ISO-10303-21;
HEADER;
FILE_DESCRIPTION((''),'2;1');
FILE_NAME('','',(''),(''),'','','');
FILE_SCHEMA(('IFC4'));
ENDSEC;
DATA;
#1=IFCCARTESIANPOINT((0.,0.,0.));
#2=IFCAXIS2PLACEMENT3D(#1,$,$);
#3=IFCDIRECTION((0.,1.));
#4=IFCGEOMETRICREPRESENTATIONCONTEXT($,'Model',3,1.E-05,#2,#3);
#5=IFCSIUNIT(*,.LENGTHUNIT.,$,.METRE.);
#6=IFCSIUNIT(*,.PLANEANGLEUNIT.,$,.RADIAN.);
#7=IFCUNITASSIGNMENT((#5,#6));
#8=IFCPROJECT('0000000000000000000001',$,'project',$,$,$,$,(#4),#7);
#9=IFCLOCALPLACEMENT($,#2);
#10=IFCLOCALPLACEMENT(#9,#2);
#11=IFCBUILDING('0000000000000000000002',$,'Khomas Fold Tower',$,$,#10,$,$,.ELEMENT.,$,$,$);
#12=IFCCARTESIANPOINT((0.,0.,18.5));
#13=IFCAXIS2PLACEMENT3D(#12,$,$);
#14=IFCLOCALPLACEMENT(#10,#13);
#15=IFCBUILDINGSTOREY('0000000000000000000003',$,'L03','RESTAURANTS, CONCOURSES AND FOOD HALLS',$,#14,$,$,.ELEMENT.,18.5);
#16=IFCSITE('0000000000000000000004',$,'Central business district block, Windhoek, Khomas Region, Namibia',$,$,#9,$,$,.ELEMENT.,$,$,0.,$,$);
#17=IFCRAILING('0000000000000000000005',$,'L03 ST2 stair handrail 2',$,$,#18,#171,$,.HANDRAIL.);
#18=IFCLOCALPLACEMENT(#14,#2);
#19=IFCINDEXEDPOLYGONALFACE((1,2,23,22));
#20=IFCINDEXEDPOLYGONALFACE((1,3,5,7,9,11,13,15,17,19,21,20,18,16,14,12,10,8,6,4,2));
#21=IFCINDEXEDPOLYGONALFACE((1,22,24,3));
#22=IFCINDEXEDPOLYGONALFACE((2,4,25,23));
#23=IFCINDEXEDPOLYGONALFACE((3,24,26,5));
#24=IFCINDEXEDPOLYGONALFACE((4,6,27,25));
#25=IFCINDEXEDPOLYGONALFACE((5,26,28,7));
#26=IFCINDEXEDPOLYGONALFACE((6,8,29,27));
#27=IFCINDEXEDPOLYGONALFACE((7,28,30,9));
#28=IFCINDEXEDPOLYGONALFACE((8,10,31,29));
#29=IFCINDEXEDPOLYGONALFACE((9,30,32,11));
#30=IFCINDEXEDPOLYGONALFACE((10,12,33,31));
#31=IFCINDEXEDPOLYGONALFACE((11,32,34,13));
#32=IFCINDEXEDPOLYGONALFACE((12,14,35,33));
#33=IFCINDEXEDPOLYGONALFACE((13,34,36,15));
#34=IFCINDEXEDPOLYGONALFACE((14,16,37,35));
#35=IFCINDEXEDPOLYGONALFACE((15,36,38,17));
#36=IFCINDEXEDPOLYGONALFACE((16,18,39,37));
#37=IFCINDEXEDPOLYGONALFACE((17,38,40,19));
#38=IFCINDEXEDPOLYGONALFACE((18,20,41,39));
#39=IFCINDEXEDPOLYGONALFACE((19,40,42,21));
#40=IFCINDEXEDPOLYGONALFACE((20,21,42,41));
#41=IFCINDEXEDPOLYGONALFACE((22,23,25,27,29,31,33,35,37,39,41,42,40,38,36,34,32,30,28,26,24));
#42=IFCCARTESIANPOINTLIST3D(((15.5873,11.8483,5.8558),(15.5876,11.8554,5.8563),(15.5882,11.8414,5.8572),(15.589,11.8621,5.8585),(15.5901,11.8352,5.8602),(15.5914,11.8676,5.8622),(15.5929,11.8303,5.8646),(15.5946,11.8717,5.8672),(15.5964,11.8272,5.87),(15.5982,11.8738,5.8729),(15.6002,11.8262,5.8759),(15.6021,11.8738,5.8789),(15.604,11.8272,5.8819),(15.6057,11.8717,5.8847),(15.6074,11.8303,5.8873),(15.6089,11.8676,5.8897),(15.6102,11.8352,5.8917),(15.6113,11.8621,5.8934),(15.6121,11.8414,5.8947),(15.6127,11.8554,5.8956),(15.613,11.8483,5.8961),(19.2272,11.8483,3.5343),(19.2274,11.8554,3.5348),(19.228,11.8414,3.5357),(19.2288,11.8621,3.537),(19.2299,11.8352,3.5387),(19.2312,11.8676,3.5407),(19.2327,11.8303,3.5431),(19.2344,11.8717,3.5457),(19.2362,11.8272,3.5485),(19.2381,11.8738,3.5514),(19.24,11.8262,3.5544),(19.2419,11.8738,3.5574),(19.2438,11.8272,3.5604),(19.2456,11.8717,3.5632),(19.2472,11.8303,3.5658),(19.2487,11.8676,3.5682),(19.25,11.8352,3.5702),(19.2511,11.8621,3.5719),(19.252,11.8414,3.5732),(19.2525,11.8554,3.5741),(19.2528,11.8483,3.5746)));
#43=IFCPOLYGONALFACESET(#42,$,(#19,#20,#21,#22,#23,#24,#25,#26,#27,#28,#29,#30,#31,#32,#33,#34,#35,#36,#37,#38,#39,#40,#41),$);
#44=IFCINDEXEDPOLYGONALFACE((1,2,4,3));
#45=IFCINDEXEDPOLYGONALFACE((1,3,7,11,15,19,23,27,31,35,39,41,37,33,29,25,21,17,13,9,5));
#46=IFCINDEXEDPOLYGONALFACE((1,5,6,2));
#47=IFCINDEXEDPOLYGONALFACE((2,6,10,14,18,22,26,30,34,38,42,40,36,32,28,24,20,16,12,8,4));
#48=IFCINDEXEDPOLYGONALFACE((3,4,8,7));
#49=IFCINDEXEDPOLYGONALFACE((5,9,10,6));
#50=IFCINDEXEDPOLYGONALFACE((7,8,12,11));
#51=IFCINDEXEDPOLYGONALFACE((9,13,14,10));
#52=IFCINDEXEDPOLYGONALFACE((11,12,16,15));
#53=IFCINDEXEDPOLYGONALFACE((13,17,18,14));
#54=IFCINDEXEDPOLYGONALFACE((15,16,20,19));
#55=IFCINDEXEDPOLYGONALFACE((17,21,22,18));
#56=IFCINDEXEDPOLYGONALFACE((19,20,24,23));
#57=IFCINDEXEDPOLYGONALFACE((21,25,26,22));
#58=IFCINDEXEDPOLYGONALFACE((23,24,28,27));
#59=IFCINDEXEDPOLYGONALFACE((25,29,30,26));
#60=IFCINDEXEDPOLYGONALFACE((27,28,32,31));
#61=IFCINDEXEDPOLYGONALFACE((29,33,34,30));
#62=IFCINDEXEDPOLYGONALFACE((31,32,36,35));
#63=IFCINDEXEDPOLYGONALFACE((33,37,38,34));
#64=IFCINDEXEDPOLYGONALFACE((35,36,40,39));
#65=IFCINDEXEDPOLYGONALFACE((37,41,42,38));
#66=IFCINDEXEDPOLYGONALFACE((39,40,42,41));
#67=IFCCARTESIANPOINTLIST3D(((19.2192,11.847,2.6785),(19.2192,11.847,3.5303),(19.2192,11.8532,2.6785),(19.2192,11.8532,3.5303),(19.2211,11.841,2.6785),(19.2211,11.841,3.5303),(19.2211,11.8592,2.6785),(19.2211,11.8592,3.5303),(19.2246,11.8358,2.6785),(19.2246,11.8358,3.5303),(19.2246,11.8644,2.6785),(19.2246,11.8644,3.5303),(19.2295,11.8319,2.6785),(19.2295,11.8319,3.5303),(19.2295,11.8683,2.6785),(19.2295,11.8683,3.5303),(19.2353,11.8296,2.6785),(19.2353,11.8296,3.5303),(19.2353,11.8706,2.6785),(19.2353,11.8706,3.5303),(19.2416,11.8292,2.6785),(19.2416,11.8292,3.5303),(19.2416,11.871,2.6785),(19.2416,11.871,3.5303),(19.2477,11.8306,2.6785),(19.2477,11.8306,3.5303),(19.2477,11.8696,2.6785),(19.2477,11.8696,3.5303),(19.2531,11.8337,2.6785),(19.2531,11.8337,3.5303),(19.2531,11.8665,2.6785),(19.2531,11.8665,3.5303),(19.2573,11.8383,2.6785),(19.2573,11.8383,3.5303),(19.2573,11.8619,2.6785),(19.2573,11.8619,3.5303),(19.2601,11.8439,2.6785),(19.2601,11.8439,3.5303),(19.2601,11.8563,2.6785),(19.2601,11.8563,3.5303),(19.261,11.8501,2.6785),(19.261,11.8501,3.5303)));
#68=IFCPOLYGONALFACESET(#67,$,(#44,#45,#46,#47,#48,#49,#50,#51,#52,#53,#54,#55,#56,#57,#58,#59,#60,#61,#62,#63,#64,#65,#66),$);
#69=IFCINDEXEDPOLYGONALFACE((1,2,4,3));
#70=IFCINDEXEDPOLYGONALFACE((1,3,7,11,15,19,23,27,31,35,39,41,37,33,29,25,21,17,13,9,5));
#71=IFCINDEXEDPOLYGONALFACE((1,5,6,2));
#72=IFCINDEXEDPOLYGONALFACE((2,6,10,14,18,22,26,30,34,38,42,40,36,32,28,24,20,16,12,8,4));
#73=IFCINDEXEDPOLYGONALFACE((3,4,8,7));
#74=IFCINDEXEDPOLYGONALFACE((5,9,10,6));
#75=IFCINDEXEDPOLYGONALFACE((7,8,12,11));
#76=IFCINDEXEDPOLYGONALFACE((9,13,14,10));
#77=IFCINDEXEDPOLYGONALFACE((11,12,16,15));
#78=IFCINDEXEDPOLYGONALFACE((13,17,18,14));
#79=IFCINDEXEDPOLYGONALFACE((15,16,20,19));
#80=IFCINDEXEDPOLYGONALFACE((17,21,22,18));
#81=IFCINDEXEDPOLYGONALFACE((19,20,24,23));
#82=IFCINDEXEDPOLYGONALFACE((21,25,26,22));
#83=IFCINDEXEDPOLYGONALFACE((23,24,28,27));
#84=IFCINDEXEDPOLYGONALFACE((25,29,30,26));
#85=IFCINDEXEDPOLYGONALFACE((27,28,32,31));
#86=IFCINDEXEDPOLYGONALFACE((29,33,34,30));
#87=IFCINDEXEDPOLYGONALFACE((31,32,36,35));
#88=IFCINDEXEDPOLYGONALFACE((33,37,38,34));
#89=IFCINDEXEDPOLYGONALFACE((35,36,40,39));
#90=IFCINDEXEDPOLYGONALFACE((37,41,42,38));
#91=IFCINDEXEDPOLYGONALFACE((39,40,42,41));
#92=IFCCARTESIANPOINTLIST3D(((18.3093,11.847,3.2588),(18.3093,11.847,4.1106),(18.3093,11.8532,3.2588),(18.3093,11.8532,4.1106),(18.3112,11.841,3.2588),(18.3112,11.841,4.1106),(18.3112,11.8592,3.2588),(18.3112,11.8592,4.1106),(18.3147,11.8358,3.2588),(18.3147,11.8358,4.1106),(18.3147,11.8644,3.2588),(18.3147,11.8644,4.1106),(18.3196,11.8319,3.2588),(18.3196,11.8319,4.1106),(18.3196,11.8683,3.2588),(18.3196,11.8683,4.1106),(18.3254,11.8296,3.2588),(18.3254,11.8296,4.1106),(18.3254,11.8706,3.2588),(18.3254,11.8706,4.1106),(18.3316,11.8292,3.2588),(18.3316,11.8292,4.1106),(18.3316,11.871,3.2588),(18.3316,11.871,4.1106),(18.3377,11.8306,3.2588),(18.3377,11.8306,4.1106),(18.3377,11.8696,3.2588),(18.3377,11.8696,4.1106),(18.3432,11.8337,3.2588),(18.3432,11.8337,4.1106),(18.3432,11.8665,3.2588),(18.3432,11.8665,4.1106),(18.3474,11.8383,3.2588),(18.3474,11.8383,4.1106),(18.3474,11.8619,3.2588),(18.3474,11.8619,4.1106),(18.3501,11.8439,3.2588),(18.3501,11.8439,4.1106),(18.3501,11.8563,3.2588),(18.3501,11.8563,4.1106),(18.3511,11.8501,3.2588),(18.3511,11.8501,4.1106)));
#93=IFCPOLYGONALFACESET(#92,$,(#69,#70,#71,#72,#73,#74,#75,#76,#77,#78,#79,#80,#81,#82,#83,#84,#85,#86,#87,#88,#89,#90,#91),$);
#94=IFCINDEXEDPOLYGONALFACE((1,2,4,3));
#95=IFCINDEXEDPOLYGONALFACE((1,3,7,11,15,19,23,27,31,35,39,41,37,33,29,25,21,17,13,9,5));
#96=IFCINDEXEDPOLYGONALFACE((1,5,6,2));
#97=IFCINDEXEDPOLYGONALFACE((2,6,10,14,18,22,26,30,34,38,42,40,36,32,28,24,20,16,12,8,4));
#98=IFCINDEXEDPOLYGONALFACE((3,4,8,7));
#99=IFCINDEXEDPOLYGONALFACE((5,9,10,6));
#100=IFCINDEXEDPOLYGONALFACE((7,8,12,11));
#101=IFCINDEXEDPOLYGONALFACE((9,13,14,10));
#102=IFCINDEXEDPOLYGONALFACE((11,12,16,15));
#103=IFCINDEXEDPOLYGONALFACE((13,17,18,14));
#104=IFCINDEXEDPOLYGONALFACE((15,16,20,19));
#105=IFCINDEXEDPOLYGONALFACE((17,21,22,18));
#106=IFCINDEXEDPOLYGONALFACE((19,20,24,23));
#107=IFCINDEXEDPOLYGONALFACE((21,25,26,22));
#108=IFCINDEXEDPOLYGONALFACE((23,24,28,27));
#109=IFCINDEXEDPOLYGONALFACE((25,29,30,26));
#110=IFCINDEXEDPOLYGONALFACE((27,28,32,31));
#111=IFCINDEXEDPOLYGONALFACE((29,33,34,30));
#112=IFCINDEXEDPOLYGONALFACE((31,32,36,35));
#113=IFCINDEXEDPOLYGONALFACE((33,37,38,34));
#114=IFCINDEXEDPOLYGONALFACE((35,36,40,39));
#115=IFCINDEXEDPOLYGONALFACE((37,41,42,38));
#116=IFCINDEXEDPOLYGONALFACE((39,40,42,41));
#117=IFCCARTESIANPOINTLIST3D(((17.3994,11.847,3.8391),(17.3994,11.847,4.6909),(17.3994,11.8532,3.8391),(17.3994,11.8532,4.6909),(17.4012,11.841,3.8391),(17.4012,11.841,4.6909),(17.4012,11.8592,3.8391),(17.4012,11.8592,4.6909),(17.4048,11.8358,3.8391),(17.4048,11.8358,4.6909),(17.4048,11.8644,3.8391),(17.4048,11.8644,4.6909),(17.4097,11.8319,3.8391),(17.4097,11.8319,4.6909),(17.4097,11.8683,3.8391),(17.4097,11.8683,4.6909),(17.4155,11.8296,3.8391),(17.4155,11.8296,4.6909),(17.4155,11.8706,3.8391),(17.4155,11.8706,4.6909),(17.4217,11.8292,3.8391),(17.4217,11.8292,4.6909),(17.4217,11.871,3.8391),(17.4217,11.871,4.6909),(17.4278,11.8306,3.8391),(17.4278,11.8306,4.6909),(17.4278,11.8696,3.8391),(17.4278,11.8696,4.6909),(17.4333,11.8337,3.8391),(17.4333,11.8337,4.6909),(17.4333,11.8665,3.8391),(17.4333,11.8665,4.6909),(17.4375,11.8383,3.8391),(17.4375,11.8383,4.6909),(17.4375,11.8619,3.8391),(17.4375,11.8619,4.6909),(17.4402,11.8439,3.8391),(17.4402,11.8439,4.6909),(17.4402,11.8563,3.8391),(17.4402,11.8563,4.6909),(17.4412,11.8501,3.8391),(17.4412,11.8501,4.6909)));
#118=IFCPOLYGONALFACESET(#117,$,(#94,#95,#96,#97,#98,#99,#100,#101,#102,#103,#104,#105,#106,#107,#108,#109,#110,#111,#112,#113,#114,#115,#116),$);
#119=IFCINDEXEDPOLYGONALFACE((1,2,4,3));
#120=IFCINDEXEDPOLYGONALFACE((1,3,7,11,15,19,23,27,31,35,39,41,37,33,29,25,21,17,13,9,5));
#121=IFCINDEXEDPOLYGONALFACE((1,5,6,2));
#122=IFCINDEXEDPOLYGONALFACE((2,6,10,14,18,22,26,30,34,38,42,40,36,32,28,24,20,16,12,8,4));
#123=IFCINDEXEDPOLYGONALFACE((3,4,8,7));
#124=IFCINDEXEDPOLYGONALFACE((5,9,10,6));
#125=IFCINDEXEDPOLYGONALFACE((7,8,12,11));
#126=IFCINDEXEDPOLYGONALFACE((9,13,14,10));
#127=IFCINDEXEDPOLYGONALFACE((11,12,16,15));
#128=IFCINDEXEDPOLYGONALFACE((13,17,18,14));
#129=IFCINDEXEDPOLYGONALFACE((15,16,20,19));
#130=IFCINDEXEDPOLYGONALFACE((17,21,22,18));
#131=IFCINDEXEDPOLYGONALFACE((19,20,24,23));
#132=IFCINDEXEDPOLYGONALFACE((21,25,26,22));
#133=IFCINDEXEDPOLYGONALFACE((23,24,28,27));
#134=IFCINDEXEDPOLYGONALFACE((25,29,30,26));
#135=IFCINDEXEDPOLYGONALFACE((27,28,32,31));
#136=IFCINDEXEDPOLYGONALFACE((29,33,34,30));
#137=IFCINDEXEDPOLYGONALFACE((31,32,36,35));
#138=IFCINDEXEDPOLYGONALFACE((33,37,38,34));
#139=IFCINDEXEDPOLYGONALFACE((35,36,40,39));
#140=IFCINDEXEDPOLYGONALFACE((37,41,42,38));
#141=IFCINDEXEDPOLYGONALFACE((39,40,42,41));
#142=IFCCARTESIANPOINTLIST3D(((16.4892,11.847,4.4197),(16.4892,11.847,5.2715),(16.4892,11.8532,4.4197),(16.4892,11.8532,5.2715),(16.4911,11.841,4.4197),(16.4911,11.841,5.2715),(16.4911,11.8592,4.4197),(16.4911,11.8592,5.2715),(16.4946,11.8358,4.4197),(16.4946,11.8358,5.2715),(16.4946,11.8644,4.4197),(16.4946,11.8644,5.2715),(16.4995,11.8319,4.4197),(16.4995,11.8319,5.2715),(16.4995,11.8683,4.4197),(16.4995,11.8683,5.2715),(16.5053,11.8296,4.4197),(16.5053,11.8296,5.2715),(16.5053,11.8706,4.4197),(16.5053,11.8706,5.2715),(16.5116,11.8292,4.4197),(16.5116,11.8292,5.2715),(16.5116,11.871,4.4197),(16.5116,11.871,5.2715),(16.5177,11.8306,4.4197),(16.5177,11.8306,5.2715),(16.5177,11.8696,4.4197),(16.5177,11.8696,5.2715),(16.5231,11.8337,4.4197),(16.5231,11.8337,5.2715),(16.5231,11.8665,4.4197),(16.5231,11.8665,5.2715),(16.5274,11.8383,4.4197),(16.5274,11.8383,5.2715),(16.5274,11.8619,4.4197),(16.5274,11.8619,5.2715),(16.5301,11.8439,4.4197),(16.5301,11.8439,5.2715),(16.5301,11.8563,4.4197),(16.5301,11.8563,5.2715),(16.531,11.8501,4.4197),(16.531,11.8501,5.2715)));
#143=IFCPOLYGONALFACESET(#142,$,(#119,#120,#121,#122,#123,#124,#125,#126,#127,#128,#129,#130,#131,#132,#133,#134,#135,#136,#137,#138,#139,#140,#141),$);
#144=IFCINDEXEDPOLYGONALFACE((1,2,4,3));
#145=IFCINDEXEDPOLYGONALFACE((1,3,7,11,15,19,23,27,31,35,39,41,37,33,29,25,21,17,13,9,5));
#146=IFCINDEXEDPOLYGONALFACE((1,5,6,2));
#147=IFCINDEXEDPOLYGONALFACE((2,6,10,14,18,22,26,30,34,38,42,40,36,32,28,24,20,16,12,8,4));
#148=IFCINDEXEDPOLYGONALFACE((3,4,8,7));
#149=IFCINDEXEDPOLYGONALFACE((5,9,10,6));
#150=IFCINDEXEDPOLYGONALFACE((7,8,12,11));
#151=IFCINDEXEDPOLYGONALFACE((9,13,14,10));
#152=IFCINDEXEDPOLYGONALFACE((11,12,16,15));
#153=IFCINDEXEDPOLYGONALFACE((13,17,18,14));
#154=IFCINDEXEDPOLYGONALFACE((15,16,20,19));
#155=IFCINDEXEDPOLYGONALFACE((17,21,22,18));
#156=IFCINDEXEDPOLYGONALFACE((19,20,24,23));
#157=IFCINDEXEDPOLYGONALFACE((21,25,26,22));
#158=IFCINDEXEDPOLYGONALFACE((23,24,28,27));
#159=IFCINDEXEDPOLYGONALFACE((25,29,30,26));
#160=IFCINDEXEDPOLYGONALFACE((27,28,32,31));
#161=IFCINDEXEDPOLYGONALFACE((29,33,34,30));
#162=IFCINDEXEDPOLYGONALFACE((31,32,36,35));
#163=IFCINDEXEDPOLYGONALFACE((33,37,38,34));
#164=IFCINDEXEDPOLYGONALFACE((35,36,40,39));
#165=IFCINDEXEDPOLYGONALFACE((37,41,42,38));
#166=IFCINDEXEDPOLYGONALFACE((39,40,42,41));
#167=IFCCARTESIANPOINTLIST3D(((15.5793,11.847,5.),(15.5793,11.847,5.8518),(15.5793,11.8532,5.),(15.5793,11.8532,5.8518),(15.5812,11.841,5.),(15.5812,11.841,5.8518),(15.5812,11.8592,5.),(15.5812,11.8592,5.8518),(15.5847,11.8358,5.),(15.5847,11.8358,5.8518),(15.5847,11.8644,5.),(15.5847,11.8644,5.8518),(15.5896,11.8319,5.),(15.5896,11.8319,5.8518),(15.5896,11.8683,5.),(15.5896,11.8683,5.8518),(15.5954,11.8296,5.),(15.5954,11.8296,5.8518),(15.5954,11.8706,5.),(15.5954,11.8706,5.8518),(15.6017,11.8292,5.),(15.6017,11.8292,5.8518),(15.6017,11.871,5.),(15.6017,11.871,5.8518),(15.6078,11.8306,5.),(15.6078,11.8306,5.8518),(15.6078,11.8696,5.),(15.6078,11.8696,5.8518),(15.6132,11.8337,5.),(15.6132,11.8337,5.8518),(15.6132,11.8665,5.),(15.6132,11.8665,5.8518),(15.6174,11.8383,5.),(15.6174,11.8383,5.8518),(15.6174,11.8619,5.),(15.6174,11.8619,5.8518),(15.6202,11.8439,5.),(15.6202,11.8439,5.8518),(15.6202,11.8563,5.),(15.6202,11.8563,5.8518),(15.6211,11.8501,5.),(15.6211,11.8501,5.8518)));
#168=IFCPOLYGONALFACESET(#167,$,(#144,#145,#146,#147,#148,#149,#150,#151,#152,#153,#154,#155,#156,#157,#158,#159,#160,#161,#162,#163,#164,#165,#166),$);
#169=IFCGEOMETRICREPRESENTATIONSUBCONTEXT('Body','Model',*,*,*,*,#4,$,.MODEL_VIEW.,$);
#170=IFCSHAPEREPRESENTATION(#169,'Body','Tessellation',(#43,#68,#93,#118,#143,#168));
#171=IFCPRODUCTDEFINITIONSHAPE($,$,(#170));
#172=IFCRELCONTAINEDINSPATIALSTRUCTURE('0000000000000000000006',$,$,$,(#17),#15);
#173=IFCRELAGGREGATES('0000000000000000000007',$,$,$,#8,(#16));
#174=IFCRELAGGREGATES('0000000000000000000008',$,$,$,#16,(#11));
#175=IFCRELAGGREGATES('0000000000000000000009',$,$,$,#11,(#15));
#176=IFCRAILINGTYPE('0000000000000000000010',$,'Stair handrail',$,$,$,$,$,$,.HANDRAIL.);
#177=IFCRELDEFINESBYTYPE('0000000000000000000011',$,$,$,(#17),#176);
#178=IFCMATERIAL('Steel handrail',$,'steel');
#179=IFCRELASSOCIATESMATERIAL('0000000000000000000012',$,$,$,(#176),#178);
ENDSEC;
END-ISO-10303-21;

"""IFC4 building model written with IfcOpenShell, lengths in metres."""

from ifc_helpers import new_model, si_unit, direction, frame, origin, origin_2d, place, context, subcontext, project, spatial, circle, extrude, source, transform, mapped, material, type_object, element, save


model = new_model("IFC4")

# Units and contexts
model_context = context("Model", 3, precision=1e-05, world=origin(), true_north=direction((0.0, 1.0)))
body_context = subcontext(model_context, "Body", "Model", "MODEL_VIEW")
ifc_project = project(units=[si_unit("LENGTHUNIT", "METRE"), si_unit("PLANEANGLEUNIT", "RADIAN")], contexts=[model_context])

# Site, building, storey
site_placement = place(None, origin())
site = spatial("IfcSite", under=ifc_project, at=site_placement, Name="Central business district block, Windhoek, Khomas Region, Namibia", CompositionType="ELEMENT", RefElevation=0.0)
building_placement = place(site_placement, origin())
building = spatial("IfcBuilding", under=site, at=building_placement, Name="Khomas Fold Tower", CompositionType="ELEMENT")
storey_placement = place(building_placement, frame((0.0, 0.0, 18.5)))
storey = spatial("IfcBuildingStorey", under=building, at=storey_placement, Name="L03", Description="RESTAURANTS, CONCOURSES AND FOOD HALLS", CompositionType="ELEMENT", Elevation=18.5)

# Railing
ifc_material_1 = material(Name="Steel handrail", Category="steel")
railing_type_1 = type_object("IfcRailingType", Name="Stair handrail", PredefinedType="HANDRAIL", material=ifc_material_1)
shared_shape_1 = source(origin(), body_context, "Body", "SweptSolid", [
    extrude(circle(Radius=0.0239, at=origin_2d()), frame((0.0, 0.0, 0.876), z_axis=(-0.843112, 0.0, 0.537739), x_axis=(0.0, -1.0, 0.0)), (0.0, 0.0, 1.0), 4.3171),
    extrude(circle(Radius=0.021, at=origin_2d()), origin(), (0.0, 0.0, 1.0), 0.8518),
    extrude(circle(Radius=0.021, at=origin_2d()), frame((-0.9099, 0.0, 0.5803)), (0.0, 0.0, 1.0), 0.8518),
    extrude(circle(Radius=0.021, at=origin_2d()), frame((-1.8198, 0.0, 1.1606)), (0.0, 0.0, 1.0), 0.8518),
    extrude(circle(Radius=0.021, at=origin_2d()), frame((-2.73, 0.0, 1.7412)), (0.0, 0.0, 1.0), 0.8518),
    extrude(circle(Radius=0.021, at=origin_2d()), frame((-3.6399, 0.0, 2.3215)), (0.0, 0.0, 1.0), 0.8518),
])
railing_1_placement = place(storey_placement, frame((19.24, 11.8501, 2.6785)))
element("IfcRailing", 1, at=railing_1_placement, inside=storey, type_object=railing_type_1, Name="L03 ST2 stair handrail 2", PredefinedType="HANDRAIL", context=body_context, shape_type="MappedRepresentation", body=[
    mapped(shared_shape_1, transform((0.0, 0.0, 0.0))),
])

save(model, "model.ifc")
